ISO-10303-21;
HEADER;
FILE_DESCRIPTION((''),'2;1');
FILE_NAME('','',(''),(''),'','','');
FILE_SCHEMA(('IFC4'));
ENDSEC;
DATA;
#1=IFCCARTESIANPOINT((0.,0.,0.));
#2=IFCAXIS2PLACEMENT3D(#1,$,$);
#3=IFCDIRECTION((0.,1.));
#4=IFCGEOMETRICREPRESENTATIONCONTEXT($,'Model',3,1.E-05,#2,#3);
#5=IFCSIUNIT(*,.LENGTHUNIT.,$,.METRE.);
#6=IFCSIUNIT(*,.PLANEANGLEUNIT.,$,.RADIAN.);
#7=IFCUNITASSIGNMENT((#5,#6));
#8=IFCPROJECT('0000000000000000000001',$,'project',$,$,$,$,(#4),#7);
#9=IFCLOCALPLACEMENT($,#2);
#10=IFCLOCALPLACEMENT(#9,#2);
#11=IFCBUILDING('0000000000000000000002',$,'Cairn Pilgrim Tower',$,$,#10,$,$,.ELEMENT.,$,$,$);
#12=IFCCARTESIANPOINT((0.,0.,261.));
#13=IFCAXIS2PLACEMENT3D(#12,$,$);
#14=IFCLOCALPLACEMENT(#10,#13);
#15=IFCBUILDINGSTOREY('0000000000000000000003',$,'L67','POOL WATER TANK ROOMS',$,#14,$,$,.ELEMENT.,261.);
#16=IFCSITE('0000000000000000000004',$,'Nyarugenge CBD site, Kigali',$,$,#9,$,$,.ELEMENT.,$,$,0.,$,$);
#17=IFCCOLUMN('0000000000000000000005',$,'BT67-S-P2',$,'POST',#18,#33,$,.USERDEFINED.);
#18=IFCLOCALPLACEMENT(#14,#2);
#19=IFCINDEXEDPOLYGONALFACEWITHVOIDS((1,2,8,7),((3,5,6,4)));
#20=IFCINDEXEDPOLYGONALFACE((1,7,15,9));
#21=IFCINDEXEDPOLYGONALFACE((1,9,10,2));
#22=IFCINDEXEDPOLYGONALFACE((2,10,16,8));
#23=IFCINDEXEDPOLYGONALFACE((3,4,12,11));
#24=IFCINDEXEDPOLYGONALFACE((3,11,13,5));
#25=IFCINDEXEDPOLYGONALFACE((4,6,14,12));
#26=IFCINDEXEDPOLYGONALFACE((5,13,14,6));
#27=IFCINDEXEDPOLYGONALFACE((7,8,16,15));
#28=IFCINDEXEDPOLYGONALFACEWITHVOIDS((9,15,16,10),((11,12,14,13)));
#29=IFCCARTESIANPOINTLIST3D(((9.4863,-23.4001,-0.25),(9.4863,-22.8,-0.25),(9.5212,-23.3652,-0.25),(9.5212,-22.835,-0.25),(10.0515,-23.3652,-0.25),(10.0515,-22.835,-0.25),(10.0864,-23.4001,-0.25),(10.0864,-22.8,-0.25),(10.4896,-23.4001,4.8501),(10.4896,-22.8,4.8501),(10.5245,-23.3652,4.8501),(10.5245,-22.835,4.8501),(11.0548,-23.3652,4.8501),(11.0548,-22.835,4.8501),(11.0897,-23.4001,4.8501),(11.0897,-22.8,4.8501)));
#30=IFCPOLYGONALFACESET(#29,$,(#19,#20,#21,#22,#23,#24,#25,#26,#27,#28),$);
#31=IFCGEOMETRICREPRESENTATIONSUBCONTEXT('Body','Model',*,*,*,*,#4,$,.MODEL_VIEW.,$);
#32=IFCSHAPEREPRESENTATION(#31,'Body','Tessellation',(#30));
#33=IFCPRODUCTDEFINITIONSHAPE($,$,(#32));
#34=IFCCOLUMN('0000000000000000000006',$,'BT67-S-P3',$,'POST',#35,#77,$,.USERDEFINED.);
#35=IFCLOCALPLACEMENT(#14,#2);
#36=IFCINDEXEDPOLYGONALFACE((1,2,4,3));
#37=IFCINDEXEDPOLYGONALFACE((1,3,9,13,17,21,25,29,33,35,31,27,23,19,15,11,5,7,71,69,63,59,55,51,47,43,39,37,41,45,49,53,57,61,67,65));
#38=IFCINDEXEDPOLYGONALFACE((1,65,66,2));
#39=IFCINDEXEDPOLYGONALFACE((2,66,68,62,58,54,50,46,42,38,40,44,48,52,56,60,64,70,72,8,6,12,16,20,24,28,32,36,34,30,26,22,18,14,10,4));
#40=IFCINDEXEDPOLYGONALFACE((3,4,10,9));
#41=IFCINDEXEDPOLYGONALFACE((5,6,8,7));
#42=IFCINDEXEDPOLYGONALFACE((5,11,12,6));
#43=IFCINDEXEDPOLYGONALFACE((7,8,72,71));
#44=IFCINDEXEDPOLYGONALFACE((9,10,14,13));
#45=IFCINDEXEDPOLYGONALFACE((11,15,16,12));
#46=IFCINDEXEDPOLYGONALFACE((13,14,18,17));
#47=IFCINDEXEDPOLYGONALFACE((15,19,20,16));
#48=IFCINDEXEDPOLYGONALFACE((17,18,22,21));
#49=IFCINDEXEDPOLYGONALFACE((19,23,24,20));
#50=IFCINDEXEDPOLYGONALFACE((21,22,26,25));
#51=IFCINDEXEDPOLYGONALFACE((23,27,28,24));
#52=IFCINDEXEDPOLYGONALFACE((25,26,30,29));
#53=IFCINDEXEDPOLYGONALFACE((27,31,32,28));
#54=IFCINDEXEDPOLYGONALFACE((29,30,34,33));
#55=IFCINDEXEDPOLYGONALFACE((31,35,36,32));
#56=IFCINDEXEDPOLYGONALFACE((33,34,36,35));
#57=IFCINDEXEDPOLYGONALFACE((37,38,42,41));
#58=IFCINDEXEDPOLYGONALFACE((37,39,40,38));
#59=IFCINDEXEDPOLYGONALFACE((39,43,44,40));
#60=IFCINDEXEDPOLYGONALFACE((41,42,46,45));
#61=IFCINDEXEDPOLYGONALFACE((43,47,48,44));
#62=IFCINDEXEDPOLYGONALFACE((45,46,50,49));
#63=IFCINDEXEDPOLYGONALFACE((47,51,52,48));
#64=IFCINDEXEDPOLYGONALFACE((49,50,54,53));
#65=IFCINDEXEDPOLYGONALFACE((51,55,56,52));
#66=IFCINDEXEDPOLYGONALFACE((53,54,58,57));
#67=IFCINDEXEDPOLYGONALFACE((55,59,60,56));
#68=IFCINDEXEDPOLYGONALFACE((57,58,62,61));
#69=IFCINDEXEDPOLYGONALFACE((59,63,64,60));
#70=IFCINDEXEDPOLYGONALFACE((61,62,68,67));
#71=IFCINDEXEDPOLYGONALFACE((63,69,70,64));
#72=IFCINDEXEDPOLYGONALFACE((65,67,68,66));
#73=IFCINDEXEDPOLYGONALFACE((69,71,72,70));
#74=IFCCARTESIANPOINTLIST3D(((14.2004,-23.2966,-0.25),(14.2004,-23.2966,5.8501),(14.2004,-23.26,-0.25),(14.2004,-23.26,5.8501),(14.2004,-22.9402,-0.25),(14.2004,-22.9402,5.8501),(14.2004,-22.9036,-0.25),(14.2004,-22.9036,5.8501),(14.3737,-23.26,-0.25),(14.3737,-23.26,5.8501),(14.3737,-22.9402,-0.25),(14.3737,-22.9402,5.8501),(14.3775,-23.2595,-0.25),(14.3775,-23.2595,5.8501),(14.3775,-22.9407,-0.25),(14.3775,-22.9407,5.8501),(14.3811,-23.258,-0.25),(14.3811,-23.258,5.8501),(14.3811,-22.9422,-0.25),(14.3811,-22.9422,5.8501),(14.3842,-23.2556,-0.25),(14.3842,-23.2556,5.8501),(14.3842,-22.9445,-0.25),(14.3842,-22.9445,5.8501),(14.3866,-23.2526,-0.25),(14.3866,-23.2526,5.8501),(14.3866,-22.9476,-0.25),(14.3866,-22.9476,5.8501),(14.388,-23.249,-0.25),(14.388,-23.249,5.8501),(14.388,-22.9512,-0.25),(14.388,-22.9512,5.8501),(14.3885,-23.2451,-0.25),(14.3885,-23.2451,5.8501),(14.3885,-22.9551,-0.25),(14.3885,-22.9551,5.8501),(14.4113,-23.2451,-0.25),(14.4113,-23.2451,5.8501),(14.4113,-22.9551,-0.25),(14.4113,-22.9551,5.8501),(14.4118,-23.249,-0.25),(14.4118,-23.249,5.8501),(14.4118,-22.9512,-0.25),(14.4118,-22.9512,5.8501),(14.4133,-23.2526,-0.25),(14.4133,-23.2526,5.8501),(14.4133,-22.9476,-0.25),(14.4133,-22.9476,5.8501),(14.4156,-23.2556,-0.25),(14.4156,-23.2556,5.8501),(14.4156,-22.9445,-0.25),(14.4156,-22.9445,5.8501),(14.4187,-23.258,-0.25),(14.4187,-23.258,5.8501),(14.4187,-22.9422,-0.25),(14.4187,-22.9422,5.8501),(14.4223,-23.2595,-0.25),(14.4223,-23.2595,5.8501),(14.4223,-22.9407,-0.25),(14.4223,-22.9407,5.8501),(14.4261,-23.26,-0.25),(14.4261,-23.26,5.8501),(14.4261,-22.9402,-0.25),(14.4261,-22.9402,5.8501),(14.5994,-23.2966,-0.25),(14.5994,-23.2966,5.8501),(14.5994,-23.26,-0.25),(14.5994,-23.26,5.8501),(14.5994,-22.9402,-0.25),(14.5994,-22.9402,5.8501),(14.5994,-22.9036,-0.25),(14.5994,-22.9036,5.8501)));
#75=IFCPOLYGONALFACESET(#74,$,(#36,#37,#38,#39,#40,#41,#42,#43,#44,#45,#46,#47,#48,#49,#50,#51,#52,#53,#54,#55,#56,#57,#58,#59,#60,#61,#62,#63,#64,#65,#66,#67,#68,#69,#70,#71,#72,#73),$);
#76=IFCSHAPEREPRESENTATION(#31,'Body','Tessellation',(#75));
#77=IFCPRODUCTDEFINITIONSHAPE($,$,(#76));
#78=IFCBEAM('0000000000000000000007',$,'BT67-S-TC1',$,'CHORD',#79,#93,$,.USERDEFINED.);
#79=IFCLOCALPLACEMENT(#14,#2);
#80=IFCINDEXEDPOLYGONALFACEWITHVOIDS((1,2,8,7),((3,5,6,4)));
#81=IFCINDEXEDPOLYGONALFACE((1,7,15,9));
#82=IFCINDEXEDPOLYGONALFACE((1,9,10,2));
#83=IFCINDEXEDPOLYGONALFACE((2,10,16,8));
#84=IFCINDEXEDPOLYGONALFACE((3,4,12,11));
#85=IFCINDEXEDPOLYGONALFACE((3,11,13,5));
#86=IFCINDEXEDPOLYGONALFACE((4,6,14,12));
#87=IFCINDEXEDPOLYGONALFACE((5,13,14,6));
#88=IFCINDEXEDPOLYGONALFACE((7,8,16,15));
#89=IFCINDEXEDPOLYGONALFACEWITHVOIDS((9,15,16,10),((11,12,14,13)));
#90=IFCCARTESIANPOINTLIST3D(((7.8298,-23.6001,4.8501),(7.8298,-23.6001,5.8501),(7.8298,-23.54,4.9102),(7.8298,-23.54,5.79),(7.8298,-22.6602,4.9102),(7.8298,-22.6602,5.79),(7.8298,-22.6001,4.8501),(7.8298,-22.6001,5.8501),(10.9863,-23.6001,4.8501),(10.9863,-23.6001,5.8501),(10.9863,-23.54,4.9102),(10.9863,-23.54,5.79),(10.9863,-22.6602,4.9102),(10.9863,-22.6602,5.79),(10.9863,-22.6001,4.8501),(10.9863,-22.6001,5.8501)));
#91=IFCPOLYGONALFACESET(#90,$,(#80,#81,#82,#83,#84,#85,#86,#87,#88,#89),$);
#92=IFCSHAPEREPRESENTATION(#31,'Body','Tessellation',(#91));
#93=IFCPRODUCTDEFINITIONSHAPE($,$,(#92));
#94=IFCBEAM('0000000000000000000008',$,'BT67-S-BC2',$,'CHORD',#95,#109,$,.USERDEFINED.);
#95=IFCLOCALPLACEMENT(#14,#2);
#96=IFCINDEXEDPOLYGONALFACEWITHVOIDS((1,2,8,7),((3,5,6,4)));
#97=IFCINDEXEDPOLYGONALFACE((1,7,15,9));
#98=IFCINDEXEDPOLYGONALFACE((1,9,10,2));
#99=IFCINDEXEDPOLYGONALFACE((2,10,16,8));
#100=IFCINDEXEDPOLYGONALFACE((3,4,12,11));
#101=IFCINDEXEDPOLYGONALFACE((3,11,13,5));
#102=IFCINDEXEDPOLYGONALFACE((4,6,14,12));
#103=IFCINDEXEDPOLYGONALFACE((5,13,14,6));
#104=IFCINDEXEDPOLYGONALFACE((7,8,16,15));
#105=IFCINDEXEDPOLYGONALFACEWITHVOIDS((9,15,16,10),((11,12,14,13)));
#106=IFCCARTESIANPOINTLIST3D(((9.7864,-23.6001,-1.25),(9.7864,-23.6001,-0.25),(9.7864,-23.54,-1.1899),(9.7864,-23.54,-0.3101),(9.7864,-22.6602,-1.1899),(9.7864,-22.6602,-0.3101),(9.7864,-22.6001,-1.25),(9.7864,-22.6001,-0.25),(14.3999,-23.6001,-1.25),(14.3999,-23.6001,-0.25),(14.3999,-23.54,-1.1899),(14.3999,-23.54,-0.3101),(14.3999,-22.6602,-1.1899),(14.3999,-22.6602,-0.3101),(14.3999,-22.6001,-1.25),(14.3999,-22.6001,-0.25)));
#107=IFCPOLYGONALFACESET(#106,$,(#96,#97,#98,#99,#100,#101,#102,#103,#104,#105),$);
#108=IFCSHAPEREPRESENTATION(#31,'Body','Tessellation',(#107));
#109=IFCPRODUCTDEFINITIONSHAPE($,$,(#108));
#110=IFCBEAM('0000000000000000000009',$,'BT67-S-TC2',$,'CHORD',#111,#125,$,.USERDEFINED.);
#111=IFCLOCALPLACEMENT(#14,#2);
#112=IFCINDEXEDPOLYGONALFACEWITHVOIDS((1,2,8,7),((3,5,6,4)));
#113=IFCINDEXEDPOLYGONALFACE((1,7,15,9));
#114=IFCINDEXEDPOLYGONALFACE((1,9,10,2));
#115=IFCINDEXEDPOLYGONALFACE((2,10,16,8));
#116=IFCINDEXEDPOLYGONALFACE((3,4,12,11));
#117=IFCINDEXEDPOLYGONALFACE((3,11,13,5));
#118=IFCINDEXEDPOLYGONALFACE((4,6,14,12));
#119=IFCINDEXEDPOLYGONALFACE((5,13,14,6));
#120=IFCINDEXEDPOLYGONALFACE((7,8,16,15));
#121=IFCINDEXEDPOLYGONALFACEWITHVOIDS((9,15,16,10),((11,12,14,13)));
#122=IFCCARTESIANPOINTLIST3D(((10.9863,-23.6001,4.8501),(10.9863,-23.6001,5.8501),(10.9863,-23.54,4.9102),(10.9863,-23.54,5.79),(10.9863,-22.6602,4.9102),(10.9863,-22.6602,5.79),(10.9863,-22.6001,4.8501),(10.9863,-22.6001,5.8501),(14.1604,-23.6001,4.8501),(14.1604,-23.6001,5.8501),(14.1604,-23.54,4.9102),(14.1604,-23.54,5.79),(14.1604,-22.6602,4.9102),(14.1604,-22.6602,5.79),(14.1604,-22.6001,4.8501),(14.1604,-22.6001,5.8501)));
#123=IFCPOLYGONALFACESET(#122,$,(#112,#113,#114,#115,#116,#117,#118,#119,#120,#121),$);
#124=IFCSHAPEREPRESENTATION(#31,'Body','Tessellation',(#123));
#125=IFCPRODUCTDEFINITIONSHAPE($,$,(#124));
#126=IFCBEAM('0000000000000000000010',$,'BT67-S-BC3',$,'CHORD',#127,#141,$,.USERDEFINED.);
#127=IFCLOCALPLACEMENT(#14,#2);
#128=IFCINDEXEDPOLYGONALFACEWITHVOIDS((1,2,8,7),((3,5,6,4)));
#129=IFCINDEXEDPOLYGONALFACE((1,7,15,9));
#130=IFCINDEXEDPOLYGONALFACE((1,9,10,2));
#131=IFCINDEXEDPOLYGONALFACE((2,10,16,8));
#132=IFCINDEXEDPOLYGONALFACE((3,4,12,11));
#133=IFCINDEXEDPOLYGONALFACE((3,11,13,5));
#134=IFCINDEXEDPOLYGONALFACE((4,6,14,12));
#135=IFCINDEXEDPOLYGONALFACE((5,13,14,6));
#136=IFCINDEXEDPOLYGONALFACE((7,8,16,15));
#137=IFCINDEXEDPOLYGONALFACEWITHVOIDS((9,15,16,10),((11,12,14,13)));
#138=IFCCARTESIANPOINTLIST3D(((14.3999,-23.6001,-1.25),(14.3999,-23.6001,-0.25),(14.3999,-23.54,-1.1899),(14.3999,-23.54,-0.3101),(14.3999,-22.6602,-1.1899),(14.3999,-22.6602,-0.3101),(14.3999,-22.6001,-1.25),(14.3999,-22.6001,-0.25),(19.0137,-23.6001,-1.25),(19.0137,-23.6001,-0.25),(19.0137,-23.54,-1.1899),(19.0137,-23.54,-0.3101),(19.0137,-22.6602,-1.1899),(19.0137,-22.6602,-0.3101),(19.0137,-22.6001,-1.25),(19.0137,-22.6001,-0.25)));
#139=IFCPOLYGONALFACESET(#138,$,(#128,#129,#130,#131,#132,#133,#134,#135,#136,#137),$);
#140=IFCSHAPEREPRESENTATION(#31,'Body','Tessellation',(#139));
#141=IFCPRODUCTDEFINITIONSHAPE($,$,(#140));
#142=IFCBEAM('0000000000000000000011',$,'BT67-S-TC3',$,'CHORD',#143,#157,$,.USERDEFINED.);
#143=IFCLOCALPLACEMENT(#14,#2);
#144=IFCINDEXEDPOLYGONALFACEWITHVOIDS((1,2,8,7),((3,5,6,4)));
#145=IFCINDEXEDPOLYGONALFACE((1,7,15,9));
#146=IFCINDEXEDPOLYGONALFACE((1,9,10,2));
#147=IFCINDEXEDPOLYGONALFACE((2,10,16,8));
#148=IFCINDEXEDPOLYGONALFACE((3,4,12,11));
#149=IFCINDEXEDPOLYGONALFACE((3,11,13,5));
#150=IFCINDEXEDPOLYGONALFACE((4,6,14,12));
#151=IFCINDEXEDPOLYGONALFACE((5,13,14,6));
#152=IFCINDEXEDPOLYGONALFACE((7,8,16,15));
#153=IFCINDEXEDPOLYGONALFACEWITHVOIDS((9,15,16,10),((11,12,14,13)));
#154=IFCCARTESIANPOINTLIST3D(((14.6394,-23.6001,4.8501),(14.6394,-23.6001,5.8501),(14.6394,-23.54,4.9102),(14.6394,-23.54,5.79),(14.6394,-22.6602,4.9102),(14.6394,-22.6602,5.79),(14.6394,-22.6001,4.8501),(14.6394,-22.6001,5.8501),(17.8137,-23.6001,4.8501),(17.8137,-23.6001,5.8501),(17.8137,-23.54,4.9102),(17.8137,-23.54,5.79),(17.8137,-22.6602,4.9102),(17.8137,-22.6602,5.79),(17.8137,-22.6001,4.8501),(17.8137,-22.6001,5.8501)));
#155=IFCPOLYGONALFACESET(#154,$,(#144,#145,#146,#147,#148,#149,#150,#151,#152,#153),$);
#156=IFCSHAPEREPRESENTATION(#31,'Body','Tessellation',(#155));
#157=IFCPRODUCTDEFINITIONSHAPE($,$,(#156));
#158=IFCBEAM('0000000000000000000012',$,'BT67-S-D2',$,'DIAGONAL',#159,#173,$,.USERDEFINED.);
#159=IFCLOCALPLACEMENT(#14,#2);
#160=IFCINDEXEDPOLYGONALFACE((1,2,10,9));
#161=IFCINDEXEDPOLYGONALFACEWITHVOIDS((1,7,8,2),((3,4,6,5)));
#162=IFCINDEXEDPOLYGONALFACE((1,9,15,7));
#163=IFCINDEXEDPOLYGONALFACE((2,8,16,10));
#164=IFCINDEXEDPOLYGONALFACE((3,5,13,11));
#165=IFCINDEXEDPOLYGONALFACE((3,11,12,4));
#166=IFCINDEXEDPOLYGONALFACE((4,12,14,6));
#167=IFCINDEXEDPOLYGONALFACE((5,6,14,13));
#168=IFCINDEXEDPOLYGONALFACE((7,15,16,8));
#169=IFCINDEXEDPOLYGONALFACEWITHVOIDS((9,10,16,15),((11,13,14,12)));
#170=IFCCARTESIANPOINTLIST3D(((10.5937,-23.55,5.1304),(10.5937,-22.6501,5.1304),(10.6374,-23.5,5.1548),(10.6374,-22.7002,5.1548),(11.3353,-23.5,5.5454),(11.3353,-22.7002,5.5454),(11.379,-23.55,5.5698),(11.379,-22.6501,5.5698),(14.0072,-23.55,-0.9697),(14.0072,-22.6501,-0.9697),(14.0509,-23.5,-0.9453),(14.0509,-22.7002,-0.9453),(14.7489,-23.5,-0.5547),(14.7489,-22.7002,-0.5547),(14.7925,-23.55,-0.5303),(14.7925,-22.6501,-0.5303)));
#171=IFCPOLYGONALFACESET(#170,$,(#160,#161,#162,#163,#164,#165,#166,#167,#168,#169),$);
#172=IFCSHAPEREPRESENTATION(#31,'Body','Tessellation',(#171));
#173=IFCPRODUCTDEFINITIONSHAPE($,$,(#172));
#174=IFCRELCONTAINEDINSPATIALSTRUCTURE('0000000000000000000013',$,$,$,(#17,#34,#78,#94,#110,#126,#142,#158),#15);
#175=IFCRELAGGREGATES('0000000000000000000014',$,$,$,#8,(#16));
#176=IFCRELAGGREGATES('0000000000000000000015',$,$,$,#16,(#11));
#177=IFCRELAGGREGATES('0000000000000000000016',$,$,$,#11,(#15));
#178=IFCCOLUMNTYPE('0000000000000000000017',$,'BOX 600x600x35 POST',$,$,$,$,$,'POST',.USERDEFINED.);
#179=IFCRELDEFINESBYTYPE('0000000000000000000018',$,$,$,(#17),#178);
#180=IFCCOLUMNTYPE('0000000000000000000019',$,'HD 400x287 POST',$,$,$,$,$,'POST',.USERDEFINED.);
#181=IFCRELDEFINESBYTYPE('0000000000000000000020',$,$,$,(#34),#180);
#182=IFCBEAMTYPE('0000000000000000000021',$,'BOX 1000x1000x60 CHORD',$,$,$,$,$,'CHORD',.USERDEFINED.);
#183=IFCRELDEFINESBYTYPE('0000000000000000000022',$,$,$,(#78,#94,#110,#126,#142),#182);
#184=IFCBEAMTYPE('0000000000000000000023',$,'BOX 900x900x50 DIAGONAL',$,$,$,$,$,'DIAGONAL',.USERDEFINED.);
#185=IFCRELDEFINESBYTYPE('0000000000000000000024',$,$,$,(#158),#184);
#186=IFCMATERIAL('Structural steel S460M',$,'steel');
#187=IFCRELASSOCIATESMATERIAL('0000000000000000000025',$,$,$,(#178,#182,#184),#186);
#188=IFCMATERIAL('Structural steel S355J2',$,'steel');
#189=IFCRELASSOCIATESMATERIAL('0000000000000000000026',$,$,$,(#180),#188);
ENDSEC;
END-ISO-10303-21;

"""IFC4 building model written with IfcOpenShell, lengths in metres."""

from ifc_helpers import new_model, si_unit, direction, frame, origin, origin_2d, place, context, subcontext, project, spatial, hollow_rectangle, i_section, extrude, clip, halfspace, material, material_profile, profile_set, type_object, element, save


model = new_model("IFC4")

# Units and contexts
model_context = context("Model", 3, precision=1e-05, world=origin(), true_north=direction((0.0, 1.0)))
body_context = subcontext(model_context, "Body", "Model", "MODEL_VIEW")
ifc_project = project(units=[si_unit("LENGTHUNIT", "METRE"), si_unit("PLANEANGLEUNIT", "RADIAN")], contexts=[model_context])

# Site, building, storey
site_placement = place(None, origin())
site = spatial("IfcSite", under=ifc_project, at=site_placement, Name="Nyarugenge CBD site, Kigali", CompositionType="ELEMENT", RefElevation=0.0)
building_placement = place(site_placement, origin())
building = spatial("IfcBuilding", under=site, at=building_placement, Name="Cairn Pilgrim Tower", CompositionType="ELEMENT")
storey_placement = place(building_placement, frame((0.0, 0.0, 261.0)))
storey = spatial("IfcBuildingStorey", under=building, at=storey_placement, Name="L67", Description="POOL WATER TANK ROOMS", CompositionType="ELEMENT", Elevation=261.0)

# Columns
ifc_material_1 = material(Name="Structural steel S460M", Category="steel")
ifc_material_profile_1 = material_profile(ifc_material_1, hollow_rectangle(XDim=0.6001, YDim=0.6001, WallThickness=0.0349, at=origin_2d()), Name="BOX 600x600x35")
ifc_profile_set_1 = profile_set([ifc_material_profile_1], Name="Structural steel S460M")
column_type_1 = type_object("IfcColumnType", Name="BOX 600x600x35 POST", ElementType="POST", PredefinedType="USERDEFINED", material=ifc_profile_set_1)
column_1_placement = place(storey_placement, frame((9.7864, -23.1001, -0.25), z_axis=(0.0, 0.0, 1.0), x_axis=(1.0, 0.0, 0.0)))
element("IfcColumn", 1, at=column_1_placement, inside=storey, type_object=column_type_1, Name="BT67-S-P2", ObjectType="POST", PredefinedType="USERDEFINED", context=body_context, shape_type="Clipping", body=[
    clip(extrude(hollow_rectangle(XDim=0.6001, YDim=0.6001, WallThickness=0.0349, at=origin_2d()), origin(), (0.193011, 0.0, 0.981197), 6.217), halfspace(frame((0.0, 0.0, 5.1001), z_axis=(0.0, 0.0, 1.0), x_axis=(1.0, 0.0, 0.0)), False)),
])
ifc_material_2 = material(Name="Structural steel S355J2", Category="steel")
ifc_material_profile_2 = material_profile(ifc_material_2, i_section(OverallWidth=0.3989, OverallDepth=0.3931, WebThickness=0.0227, FlangeThickness=0.0366, FilletRadius=0.0149, at=origin_2d()), Name="HD 400x287")
ifc_profile_set_2 = profile_set([ifc_material_profile_2], Name="Structural steel S355J2")
column_type_2 = type_object("IfcColumnType", Name="HD 400x287 POST", ElementType="POST", PredefinedType="USERDEFINED", material=ifc_profile_set_2)
column_2_placement = place(storey_placement, frame((14.3999, -23.1001, -0.25), z_axis=(0.0, 0.0, 1.0), x_axis=(1.0, 0.0, 0.0)))
element("IfcColumn", 2, at=column_2_placement, inside=storey, type_object=column_type_2, Name="BT67-S-P3", ObjectType="POST", PredefinedType="USERDEFINED", context=body_context, shape_type="SweptSolid", body=[
    extrude(i_section(OverallWidth=0.3989, OverallDepth=0.3931, WebThickness=0.0227, FlangeThickness=0.0366, FilletRadius=0.0149, at=origin_2d()), origin(), (0.0, 0.0, 1.0), 6.1001),
])

# Beams
ifc_material_profile_3 = material_profile(ifc_material_1, hollow_rectangle(XDim=1.0, YDim=1.0, WallThickness=0.0601, at=origin_2d()), Name="BOX 1000x1000x60")
ifc_profile_set_3 = profile_set([ifc_material_profile_3], Name="Structural steel S460M")
beam_type_1 = type_object("IfcBeamType", Name="BOX 1000x1000x60 CHORD", ElementType="CHORD", PredefinedType="USERDEFINED", material=ifc_profile_set_3)
beam_1_placement = place(storey_placement, frame((7.8298, -23.1001, 5.3501), z_axis=(1.0, 0.0, 0.0), x_axis=(0.0, 1.0, 0.0)))
element("IfcBeam", 3, at=beam_1_placement, inside=storey, type_object=beam_type_1, Name="BT67-S-TC1", ObjectType="CHORD", PredefinedType="USERDEFINED", context=body_context, shape_type="SweptSolid", body=[
    extrude(hollow_rectangle(XDim=1.0, YDim=1.0, WallThickness=0.0601, at=origin_2d()), origin(), (0.0, 0.0, 1.0), 3.1565),
])
beam_2_placement = place(storey_placement, frame((9.7864, -23.1001, -0.75), z_axis=(1.0, 0.0, 0.0), x_axis=(0.0, 1.0, 0.0)))
element("IfcBeam", 4, at=beam_2_placement, inside=storey, type_object=beam_type_1, Name="BT67-S-BC2", ObjectType="CHORD", PredefinedType="USERDEFINED", context=body_context, shape_type="SweptSolid", body=[
    extrude(hollow_rectangle(XDim=1.0, YDim=1.0, WallThickness=0.0601, at=origin_2d()), origin(), (0.0, 0.0, 1.0), 4.6135),
])
beam_3_placement = place(storey_placement, frame((10.9863, -23.1001, 5.3501), z_axis=(1.0, 0.0, 0.0), x_axis=(0.0, 1.0, 0.0)))
element("IfcBeam", 5, at=beam_3_placement, inside=storey, type_object=beam_type_1, Name="BT67-S-TC2", ObjectType="CHORD", PredefinedType="USERDEFINED", context=body_context, shape_type="SweptSolid", body=[
    extrude(hollow_rectangle(XDim=1.0, YDim=1.0, WallThickness=0.0601, at=origin_2d()), origin(), (0.0, 0.0, 1.0), 3.1741),
])
beam_4_placement = place(storey_placement, frame((14.3999, -23.1001, -0.75), z_axis=(1.0, 0.0, 0.0), x_axis=(0.0, 1.0, 0.0)))
element("IfcBeam", 6, at=beam_4_placement, inside=storey, type_object=beam_type_1, Name="BT67-S-BC3", ObjectType="CHORD", PredefinedType="USERDEFINED", context=body_context, shape_type="SweptSolid", body=[
    extrude(hollow_rectangle(XDim=1.0, YDim=1.0, WallThickness=0.0601, at=origin_2d()), origin(), (0.0, 0.0, 1.0), 4.6138),
])
beam_5_placement = place(storey_placement, frame((14.6394, -23.1001, 5.3501), z_axis=(1.0, 0.0, 0.0), x_axis=(0.0, 1.0, 0.0)))
element("IfcBeam", 7, at=beam_5_placement, inside=storey, type_object=beam_type_1, Name="BT67-S-TC3", ObjectType="CHORD", PredefinedType="USERDEFINED", context=body_context, shape_type="SweptSolid", body=[
    extrude(hollow_rectangle(XDim=1.0, YDim=1.0, WallThickness=0.0601, at=origin_2d()), origin(), (0.0, 0.0, 1.0), 3.1743),
])
ifc_material_profile_4 = material_profile(ifc_material_1, hollow_rectangle(XDim=0.8999, YDim=0.8999, WallThickness=0.05, at=origin_2d()), Name="BOX 900x900x50")
ifc_profile_set_4 = profile_set([ifc_material_profile_4], Name="Structural steel S460M")
beam_type_2 = type_object("IfcBeamType", Name="BOX 900x900x50 DIAGONAL", ElementType="DIAGONAL", PredefinedType="USERDEFINED", material=ifc_profile_set_4)
beam_6_placement = place(storey_placement, frame((10.9863, -23.1001, 5.3501), z_axis=(0.488333, 0.0, -0.872657), x_axis=(0.0, 1.0, 0.0)))
element("IfcBeam", 8, at=beam_6_placement, inside=storey, type_object=beam_type_2, Name="BT67-S-D2", ObjectType="DIAGONAL", PredefinedType="USERDEFINED", context=body_context, shape_type="SweptSolid", body=[
    extrude(hollow_rectangle(XDim=0.8999, YDim=0.8999, WallThickness=0.05, at=origin_2d()), origin(), (0.0, 0.0, 1.0), 6.9902),
])

save(model, "model.ifc")
